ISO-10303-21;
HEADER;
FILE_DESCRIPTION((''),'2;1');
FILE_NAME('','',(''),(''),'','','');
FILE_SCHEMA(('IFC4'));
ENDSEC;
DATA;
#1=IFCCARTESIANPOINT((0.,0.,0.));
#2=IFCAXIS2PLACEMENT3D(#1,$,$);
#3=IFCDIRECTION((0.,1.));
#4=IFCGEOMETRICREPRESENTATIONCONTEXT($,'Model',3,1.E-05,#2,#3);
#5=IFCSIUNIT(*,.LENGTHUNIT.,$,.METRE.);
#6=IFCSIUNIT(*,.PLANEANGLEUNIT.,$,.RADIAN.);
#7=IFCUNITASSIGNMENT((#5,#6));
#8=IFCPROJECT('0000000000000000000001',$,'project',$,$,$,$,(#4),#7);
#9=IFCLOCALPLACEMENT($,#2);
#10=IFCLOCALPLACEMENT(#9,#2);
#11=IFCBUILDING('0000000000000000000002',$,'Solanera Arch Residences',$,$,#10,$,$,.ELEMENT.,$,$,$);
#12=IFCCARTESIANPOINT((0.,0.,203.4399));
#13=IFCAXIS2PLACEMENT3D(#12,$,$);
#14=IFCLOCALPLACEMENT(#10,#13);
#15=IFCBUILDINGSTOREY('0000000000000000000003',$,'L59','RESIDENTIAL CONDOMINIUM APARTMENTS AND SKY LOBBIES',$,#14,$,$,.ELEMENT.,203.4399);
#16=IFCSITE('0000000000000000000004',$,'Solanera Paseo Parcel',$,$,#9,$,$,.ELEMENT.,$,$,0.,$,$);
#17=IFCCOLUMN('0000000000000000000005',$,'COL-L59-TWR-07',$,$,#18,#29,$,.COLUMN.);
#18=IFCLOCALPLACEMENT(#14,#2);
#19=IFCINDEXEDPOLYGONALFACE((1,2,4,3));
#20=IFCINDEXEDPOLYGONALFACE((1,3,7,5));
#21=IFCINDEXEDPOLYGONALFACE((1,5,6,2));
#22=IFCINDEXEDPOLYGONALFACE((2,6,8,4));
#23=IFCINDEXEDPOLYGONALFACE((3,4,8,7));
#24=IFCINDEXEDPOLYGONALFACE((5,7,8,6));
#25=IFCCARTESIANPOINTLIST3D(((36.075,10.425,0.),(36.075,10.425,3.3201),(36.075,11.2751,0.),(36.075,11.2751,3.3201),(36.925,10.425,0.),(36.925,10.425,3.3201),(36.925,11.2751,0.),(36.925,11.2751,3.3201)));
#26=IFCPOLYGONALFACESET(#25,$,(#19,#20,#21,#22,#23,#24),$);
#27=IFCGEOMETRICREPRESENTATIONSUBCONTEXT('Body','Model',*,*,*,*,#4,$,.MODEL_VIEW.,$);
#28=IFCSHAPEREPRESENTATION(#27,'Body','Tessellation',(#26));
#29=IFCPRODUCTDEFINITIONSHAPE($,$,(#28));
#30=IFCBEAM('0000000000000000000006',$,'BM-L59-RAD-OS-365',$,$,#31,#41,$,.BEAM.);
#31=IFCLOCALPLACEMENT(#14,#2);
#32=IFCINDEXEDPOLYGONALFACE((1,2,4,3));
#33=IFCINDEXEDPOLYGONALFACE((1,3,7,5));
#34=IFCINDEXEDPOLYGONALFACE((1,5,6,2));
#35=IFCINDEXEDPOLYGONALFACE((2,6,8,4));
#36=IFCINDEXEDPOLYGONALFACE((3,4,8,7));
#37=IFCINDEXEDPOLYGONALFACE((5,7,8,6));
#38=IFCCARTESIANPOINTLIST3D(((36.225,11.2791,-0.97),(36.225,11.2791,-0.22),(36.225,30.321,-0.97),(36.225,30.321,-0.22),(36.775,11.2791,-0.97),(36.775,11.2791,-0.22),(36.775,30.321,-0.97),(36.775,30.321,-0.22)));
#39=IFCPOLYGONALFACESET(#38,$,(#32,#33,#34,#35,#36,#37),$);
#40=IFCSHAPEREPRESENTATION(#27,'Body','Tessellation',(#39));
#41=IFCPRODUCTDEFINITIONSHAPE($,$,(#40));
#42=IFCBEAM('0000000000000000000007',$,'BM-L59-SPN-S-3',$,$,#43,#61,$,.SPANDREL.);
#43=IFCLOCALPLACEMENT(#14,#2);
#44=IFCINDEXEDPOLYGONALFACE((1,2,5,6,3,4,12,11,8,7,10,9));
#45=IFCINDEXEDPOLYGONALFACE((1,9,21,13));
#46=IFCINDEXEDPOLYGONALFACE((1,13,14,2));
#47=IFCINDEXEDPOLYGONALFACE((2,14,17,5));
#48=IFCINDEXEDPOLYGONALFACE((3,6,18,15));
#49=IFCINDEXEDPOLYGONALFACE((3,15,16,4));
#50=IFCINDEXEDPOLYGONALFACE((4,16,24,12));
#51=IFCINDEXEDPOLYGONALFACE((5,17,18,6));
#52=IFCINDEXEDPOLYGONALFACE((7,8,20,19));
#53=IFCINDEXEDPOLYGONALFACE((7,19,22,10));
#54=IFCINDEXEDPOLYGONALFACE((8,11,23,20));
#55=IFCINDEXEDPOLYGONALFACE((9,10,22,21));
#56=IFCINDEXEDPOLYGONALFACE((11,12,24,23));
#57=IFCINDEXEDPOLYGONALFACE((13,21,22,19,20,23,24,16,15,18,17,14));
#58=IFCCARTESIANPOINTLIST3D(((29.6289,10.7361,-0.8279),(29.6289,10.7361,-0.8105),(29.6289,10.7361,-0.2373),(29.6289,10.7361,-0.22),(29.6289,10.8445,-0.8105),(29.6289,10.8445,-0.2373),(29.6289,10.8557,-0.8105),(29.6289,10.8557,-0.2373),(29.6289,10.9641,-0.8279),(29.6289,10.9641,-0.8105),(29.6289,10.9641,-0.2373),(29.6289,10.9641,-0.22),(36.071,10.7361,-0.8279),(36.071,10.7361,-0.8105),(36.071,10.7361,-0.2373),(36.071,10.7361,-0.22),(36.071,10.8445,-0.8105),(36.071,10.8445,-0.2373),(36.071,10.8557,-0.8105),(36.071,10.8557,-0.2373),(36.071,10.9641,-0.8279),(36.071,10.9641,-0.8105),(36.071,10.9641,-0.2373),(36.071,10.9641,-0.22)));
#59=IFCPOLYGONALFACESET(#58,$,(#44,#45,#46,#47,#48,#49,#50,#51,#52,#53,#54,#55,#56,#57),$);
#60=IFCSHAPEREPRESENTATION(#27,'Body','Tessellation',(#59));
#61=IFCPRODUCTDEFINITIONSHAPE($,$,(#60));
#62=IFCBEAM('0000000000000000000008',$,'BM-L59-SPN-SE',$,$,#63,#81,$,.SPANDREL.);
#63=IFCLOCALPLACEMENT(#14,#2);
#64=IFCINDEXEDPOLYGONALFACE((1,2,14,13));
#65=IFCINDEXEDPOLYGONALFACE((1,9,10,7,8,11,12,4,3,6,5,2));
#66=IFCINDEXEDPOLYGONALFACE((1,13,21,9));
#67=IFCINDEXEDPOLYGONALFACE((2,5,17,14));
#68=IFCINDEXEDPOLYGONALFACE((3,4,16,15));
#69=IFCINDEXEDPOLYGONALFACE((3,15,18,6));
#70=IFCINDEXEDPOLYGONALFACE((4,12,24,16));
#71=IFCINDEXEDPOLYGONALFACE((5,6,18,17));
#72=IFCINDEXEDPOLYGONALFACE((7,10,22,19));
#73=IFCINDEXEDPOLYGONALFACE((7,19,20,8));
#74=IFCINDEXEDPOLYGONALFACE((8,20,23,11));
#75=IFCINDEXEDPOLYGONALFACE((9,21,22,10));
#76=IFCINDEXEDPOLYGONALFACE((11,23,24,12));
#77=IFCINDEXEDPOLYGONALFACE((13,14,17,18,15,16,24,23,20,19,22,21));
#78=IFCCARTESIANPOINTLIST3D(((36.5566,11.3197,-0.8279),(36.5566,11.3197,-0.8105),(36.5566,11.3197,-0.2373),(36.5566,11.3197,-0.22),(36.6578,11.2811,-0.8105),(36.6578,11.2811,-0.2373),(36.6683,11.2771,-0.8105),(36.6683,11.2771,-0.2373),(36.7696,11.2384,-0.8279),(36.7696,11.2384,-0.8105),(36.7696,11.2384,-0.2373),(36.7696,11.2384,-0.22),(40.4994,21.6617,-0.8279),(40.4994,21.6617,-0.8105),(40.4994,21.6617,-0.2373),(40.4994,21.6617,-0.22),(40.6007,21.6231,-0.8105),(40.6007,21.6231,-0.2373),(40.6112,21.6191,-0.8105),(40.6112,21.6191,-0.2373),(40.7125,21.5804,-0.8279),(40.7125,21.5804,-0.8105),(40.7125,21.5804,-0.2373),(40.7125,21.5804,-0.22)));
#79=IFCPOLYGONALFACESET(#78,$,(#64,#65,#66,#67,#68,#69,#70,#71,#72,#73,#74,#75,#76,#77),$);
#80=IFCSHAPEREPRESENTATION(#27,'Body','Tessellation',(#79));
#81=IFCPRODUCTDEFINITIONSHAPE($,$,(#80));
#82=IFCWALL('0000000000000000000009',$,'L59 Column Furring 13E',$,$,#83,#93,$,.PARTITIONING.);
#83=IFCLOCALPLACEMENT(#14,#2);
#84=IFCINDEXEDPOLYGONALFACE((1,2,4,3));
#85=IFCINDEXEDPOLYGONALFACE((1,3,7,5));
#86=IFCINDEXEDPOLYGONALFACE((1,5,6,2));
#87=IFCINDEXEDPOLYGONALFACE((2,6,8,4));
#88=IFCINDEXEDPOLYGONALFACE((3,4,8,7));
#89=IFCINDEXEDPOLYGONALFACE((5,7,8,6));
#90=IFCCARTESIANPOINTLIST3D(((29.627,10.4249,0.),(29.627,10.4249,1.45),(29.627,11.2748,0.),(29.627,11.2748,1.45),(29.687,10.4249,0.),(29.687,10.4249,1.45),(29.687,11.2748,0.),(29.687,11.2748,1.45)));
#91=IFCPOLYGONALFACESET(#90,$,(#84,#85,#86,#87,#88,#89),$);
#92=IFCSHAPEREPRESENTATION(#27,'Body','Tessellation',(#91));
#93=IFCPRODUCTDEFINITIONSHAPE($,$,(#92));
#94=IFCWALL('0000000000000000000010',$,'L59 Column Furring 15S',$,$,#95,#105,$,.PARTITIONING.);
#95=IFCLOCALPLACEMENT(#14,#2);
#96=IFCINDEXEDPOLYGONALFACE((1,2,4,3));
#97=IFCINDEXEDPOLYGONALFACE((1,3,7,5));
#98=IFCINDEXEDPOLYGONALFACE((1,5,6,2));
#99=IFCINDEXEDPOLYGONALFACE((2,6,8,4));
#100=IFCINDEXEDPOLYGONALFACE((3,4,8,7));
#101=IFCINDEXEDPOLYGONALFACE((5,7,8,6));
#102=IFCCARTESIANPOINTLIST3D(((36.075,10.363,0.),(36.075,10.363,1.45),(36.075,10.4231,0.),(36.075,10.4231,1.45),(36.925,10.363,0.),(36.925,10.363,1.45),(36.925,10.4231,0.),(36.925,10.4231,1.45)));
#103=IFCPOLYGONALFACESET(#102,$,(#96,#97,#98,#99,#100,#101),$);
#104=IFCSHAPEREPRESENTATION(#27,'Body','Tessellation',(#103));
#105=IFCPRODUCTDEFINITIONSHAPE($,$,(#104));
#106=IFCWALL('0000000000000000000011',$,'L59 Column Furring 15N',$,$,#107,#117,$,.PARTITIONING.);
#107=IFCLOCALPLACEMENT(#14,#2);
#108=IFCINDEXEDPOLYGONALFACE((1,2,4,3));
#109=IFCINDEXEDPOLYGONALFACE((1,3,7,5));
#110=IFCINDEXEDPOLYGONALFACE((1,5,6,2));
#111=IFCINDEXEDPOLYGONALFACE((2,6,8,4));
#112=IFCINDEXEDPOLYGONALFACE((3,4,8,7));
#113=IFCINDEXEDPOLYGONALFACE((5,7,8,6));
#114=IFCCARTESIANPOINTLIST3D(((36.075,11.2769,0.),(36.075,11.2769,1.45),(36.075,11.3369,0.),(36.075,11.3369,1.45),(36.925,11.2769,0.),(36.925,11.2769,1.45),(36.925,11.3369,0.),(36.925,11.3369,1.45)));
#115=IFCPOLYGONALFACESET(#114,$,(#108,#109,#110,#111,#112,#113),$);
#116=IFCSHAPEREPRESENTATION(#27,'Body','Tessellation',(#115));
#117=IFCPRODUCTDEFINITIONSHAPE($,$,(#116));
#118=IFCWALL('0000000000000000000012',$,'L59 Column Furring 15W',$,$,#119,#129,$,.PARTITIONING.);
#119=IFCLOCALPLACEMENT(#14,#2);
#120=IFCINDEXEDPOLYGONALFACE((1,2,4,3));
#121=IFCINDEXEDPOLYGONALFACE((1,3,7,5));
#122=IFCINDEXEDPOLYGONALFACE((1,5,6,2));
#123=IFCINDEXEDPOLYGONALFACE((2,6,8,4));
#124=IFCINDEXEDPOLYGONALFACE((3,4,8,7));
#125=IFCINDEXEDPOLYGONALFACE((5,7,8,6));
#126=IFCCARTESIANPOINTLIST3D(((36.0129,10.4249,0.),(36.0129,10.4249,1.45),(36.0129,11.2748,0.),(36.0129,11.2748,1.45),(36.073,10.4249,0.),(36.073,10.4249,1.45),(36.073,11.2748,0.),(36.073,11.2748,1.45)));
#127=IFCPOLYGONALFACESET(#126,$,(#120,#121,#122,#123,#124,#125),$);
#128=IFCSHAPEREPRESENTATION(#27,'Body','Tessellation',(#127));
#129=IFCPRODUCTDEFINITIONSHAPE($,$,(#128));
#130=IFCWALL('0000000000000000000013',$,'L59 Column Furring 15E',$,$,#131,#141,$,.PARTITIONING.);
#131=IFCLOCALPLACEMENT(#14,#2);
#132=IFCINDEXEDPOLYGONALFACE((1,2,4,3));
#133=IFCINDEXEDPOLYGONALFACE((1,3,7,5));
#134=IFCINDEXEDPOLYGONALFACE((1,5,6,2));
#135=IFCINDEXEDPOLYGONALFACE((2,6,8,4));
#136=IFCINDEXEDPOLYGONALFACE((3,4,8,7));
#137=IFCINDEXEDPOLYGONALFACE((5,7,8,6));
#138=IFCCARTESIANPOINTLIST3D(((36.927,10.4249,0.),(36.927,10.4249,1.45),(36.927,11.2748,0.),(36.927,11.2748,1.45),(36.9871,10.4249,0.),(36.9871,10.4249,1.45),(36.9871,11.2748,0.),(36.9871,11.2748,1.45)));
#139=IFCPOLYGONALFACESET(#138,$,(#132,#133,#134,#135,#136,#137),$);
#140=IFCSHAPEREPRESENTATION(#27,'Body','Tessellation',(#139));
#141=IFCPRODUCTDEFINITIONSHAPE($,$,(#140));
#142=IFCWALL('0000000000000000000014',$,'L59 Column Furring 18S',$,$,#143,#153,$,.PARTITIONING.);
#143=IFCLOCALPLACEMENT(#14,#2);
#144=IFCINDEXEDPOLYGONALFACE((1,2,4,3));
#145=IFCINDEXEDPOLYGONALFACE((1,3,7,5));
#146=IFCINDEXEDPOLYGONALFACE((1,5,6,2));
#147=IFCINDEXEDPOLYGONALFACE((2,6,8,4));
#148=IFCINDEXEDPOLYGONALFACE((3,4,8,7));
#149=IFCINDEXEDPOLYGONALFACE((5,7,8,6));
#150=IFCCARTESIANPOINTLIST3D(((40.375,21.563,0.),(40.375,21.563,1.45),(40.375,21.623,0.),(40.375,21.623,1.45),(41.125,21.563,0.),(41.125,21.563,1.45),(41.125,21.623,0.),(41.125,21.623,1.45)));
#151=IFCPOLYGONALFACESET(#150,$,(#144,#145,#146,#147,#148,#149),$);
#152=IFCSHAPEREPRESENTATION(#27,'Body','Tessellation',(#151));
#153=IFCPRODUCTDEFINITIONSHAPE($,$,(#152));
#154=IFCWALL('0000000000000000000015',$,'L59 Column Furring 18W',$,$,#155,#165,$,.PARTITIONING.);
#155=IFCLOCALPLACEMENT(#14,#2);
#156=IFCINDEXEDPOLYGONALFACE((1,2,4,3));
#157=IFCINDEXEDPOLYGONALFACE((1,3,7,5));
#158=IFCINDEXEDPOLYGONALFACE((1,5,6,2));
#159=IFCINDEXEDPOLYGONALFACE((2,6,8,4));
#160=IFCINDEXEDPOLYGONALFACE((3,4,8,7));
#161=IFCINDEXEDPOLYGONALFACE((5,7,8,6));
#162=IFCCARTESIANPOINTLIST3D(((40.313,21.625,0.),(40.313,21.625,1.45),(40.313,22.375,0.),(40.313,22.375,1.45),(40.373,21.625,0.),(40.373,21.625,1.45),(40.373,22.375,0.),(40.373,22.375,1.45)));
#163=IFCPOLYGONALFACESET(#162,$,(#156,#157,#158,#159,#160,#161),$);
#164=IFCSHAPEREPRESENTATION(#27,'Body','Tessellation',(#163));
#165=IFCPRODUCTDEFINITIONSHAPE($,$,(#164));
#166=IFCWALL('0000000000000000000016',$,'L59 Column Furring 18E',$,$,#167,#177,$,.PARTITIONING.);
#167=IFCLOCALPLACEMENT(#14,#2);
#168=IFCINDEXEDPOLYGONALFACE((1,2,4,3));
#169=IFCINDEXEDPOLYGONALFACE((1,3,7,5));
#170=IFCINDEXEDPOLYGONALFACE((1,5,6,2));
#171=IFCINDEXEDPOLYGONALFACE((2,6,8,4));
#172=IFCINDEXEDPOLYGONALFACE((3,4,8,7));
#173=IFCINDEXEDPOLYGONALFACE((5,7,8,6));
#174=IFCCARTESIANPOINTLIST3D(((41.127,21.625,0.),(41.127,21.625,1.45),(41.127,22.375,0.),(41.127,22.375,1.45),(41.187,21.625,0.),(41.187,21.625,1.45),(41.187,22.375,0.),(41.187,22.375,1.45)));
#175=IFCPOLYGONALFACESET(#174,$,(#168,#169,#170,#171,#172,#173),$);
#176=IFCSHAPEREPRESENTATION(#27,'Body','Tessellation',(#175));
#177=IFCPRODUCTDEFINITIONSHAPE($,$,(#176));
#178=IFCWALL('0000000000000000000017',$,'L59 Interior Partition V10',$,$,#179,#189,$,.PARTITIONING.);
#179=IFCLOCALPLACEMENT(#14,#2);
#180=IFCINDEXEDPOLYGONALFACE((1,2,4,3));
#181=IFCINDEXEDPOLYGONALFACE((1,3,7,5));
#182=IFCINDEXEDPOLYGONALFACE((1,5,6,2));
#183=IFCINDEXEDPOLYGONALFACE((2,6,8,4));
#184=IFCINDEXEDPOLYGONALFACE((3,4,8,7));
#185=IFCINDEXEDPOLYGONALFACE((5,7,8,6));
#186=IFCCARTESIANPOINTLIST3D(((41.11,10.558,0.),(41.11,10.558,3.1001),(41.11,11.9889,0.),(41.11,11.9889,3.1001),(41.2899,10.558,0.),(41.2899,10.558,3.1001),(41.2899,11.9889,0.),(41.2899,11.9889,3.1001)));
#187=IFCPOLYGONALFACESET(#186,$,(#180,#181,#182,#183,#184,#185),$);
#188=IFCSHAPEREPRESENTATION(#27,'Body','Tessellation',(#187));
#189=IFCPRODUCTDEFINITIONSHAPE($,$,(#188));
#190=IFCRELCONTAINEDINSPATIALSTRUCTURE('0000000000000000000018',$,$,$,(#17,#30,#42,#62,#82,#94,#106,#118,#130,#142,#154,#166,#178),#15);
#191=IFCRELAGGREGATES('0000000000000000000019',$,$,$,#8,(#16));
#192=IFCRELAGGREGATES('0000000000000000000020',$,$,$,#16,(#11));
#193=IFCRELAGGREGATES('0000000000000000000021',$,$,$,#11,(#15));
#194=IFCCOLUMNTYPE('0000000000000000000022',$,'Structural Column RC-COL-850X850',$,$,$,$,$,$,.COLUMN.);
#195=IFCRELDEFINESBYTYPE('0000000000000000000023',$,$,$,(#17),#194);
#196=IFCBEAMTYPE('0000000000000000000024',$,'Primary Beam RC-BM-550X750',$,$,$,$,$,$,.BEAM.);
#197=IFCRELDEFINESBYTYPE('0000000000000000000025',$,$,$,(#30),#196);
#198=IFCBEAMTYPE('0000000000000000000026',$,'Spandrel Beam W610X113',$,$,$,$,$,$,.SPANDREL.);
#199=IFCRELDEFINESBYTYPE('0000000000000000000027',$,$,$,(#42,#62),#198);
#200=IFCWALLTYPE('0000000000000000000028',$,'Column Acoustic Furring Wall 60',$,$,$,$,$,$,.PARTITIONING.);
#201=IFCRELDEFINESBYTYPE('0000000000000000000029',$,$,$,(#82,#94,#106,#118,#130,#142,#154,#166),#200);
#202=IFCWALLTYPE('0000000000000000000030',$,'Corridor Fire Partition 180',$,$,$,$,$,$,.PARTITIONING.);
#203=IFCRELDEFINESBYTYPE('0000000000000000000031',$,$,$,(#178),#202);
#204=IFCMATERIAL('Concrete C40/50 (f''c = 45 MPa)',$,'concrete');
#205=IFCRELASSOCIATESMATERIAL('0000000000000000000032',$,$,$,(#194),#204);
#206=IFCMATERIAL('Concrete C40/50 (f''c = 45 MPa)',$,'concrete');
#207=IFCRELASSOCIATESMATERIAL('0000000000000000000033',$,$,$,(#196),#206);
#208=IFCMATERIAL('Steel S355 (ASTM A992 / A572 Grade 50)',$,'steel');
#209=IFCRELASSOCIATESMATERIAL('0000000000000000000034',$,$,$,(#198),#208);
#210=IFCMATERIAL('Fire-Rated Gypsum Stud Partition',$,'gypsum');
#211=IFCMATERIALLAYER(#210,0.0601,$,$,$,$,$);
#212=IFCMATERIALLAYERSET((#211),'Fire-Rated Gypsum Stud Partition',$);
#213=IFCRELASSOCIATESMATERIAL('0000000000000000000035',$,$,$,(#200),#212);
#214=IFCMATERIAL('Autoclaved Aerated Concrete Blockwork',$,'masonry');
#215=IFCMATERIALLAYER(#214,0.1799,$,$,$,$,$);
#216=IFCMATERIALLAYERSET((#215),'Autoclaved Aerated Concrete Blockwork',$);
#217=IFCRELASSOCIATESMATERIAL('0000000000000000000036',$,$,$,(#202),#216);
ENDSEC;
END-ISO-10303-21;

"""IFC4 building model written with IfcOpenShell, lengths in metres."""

from ifc_helpers import new_model, si_unit, direction, frame, frame_2d, origin, origin_2d, place, context, subcontext, project, spatial, rectangle, i_section, extrude, material, layer, layer_set, material_profile, profile_set, type_object, element, save


model = new_model("IFC4")

# Units and contexts
model_context = context("Model", 3, precision=1e-05, world=origin(), true_north=direction((0.0, 1.0)))
body_context = subcontext(model_context, "Body", "Model", "MODEL_VIEW")
ifc_project = project(units=[si_unit("LENGTHUNIT", "METRE"), si_unit("PLANEANGLEUNIT", "RADIAN")], contexts=[model_context])

# Site, building, storey
site_placement = place(None, origin())
site = spatial("IfcSite", under=ifc_project, at=site_placement, Name="Solanera Paseo Parcel", CompositionType="ELEMENT", RefElevation=0.0)
building_placement = place(site_placement, origin())
building = spatial("IfcBuilding", under=site, at=building_placement, Name="Solanera Arch Residences", CompositionType="ELEMENT")
storey_placement = place(building_placement, frame((0.0, 0.0, 203.4399)))
storey = spatial("IfcBuildingStorey", under=building, at=storey_placement, Name="L59", Description="RESIDENTIAL CONDOMINIUM APARTMENTS AND SKY LOBBIES", CompositionType="ELEMENT", Elevation=203.4399)

# Column
ifc_material_1 = material(Name="Concrete C40/50 (f'c = 45 MPa)", Category="concrete")
ifc_material_profile_1 = material_profile(ifc_material_1, rectangle(XDim=0.8501, YDim=0.8501, at=origin_2d()))
ifc_profile_set_1 = profile_set([ifc_material_profile_1], Name="Concrete C40/50 (f'c = 45 MPa)")
column_type = type_object("IfcColumnType", Name="Structural Column RC-COL-850X850", PredefinedType="COLUMN", material=ifc_profile_set_1)
column_placement = place(storey_placement, frame((36.5, 10.8501, 0.0), z_axis=(0.0, 0.0, 1.0), x_axis=(1.0, 0.0, 0.0)))
element("IfcColumn", 1, at=column_placement, inside=storey, type_object=column_type, Name="COL-L59-TWR-07", PredefinedType="COLUMN", context=body_context, shape_type="SweptSolid", body=[
    extrude(rectangle(XDim=0.8501, YDim=0.8501, at=origin_2d()), origin(), (0.0, 0.0, 1.0), 3.3201),
])

# Beams
ifc_material_2 = material(Name="Concrete C40/50 (f'c = 45 MPa)", Category="concrete")
ifc_material_profile_2 = material_profile(ifc_material_2, rectangle(XDim=0.55, YDim=0.75, at=origin_2d()))
ifc_profile_set_2 = profile_set([ifc_material_profile_2], Name="Concrete C40/50 (f'c = 45 MPa)")
beam_type_1 = type_object("IfcBeamType", Name="Primary Beam RC-BM-550X750", PredefinedType="BEAM", material=ifc_profile_set_2)
beam_1_placement = place(storey_placement, frame((36.5, 11.2791, -0.595), z_axis=(0.0, 1.0, 0.0), x_axis=(-1.0, 0.0, 0.0)))
element("IfcBeam", 2, at=beam_1_placement, inside=storey, type_object=beam_type_1, Name="BM-L59-RAD-OS-365", PredefinedType="BEAM", context=body_context, shape_type="SweptSolid", body=[
    extrude(rectangle(XDim=0.55, YDim=0.75, at=origin_2d()), origin(), (0.0, 0.0, 1.0), 19.042),
])
ifc_material_3 = material(Name="Steel S355 (ASTM A992 / A572 Grade 50)", Category="steel")
ifc_material_profile_3 = material_profile(ifc_material_3, i_section(OverallWidth=0.228, OverallDepth=0.6079, WebThickness=0.0112, FlangeThickness=0.0173, at=origin_2d()))
ifc_profile_set_3 = profile_set([ifc_material_profile_3], Name="Steel S355 (ASTM A992 / A572 Grade 50)")
beam_type_2 = type_object("IfcBeamType", Name="Spandrel Beam W610X113", PredefinedType="SPANDREL", material=ifc_profile_set_3)
beam_2_placement = place(storey_placement, frame((29.6289, 10.8501, -0.5239), z_axis=(1.0, 0.0, 0.0), x_axis=(0.0, 1.0, 0.0)))
element("IfcBeam", 3, at=beam_2_placement, inside=storey, type_object=beam_type_2, Name="BM-L59-SPN-S-3", PredefinedType="SPANDREL", context=body_context, shape_type="SweptSolid", body=[
    extrude(i_section(OverallWidth=0.228, OverallDepth=0.6079, WebThickness=0.0112, FlangeThickness=0.0173, at=origin_2d()), origin(), (0.0, 0.0, 1.0), 6.4421),
])
beam_3_placement = place(storey_placement, frame((36.6631, 11.2791, -0.5239), z_axis=(0.356236, 0.934396, 0.0), x_axis=(-0.934396, 0.356236, 0.0)))
element("IfcBeam", 4, at=beam_3_placement, inside=storey, type_object=beam_type_2, Name="BM-L59-SPN-SE", PredefinedType="SPANDREL", context=body_context, shape_type="SweptSolid", body=[
    extrude(i_section(OverallWidth=0.228, OverallDepth=0.6079, WebThickness=0.0112, FlangeThickness=0.0173, at=origin_2d()), origin(), (0.0, 0.0, 1.0), 11.0681),
])

# Walls
ifc_material_4 = material(Name="Fire-Rated Gypsum Stud Partition", Category="gypsum")
ifc_layer_1 = layer(ifc_material_4, 0.0601)
ifc_layer_set_1 = layer_set([ifc_layer_1], Name="Fire-Rated Gypsum Stud Partition")
wall_type_1 = type_object("IfcWallType", Name="Column Acoustic Furring Wall 60", PredefinedType="PARTITIONING", material=ifc_layer_set_1)
wall_1_placement = place(storey_placement, frame((29.657, 10.425, 0.0), z_axis=(0.0, 0.0, 1.0), x_axis=(0.0, 1.0, 0.0)))
element("IfcWall", 5, at=wall_1_placement, inside=storey, type_object=wall_type_1, Name="L59 Column Furring 13E", PredefinedType="PARTITIONING", context=body_context, shape_type="SweptSolid", body=[
    extrude(rectangle(XDim=0.8499, YDim=0.0601, at=frame_2d((0.4248, 0.0))), origin(), (0.0, 0.0, 1.0), 1.45),
])
for number, where, z_axis, x_axis, name in (
    (6, (36.075, 10.3931, 0.0), (0.0, 0.0, 1.0), (1.0, 0.0, 0.0), "L59 Column Furring 15S"),
    (7, (36.075, 11.3069, 0.0), (0.0, 0.0, 1.0), (1.0, 0.0, 0.0), "L59 Column Furring 15N"),
):
    element("IfcWall", number, at=place(storey_placement, frame(where, z_axis=z_axis, x_axis=x_axis)), inside=storey, type_object=wall_type_1, Name=name, PredefinedType="PARTITIONING", context=body_context, shape_type="SweptSolid", body=[
        extrude(rectangle(XDim=0.8501, YDim=0.0601, at=frame_2d((0.425, 0.0))), origin(), (0.0, 0.0, 1.0), 1.45),
    ])
for number, where, z_axis, x_axis, name in (
    (8, (36.043, 10.425, 0.0), (0.0, 0.0, 1.0), (0.0, 1.0, 0.0), "L59 Column Furring 15W"),
    (9, (36.957, 10.425, 0.0), (0.0, 0.0, 1.0), (0.0, 1.0, 0.0), "L59 Column Furring 15E"),
):
    element("IfcWall", number, at=place(storey_placement, frame(where, z_axis=z_axis, x_axis=x_axis)), inside=storey, type_object=wall_type_1, Name=name, PredefinedType="PARTITIONING", context=body_context, shape_type="SweptSolid", body=[
        extrude(rectangle(XDim=0.8499, YDim=0.0601, at=frame_2d((0.4248, 0.0))), origin(), (0.0, 0.0, 1.0), 1.45),
    ])
for number, where, z_axis, x_axis, name in (
    (10, (40.375, 21.593, 0.0), (0.0, 0.0, 1.0), (1.0, 0.0, 0.0), "L59 Column Furring 18S"),
    (11, (40.343, 21.625, 0.0), (0.0, 0.0, 1.0), (0.0, 1.0, 0.0), "L59 Column Furring 18W"),
    (12, (41.157, 21.625, 0.0), (0.0, 0.0, 1.0), (0.0, 1.0, 0.0), "L59 Column Furring 18E"),
):
    element("IfcWall", number, at=place(storey_placement, frame(where, z_axis=z_axis, x_axis=x_axis)), inside=storey, type_object=wall_type_1, Name=name, PredefinedType="PARTITIONING", context=body_context, shape_type="SweptSolid", body=[
        extrude(rectangle(XDim=0.75, YDim=0.0601, at=frame_2d((0.375, 0.0))), origin(), (0.0, 0.0, 1.0), 1.45),
    ])
ifc_material_5 = material(Name="Autoclaved Aerated Concrete Blockwork", Category="masonry")
ifc_layer_2 = layer(ifc_material_5, 0.1799)
ifc_layer_set_2 = layer_set([ifc_layer_2], Name="Autoclaved Aerated Concrete Blockwork")
wall_type_2 = type_object("IfcWallType", Name="Corridor Fire Partition 180", PredefinedType="PARTITIONING", material=ifc_layer_set_2)
wall_2_placement = place(storey_placement, frame((41.2, 10.5581, 0.0), z_axis=(0.0, 0.0, 1.0), x_axis=(0.0, 1.0, 0.0)))
element("IfcWall", 13, at=wall_2_placement, inside=storey, type_object=wall_type_2, Name="L59 Interior Partition V10", PredefinedType="PARTITIONING", context=body_context, shape_type="SweptSolid", body=[
    extrude(rectangle(XDim=1.4309, YDim=0.1799, at=frame_2d((0.7153, 0.0))), origin(), (0.0, 0.0, 1.0), 3.1001),
])

save(model, "model.ifc")
